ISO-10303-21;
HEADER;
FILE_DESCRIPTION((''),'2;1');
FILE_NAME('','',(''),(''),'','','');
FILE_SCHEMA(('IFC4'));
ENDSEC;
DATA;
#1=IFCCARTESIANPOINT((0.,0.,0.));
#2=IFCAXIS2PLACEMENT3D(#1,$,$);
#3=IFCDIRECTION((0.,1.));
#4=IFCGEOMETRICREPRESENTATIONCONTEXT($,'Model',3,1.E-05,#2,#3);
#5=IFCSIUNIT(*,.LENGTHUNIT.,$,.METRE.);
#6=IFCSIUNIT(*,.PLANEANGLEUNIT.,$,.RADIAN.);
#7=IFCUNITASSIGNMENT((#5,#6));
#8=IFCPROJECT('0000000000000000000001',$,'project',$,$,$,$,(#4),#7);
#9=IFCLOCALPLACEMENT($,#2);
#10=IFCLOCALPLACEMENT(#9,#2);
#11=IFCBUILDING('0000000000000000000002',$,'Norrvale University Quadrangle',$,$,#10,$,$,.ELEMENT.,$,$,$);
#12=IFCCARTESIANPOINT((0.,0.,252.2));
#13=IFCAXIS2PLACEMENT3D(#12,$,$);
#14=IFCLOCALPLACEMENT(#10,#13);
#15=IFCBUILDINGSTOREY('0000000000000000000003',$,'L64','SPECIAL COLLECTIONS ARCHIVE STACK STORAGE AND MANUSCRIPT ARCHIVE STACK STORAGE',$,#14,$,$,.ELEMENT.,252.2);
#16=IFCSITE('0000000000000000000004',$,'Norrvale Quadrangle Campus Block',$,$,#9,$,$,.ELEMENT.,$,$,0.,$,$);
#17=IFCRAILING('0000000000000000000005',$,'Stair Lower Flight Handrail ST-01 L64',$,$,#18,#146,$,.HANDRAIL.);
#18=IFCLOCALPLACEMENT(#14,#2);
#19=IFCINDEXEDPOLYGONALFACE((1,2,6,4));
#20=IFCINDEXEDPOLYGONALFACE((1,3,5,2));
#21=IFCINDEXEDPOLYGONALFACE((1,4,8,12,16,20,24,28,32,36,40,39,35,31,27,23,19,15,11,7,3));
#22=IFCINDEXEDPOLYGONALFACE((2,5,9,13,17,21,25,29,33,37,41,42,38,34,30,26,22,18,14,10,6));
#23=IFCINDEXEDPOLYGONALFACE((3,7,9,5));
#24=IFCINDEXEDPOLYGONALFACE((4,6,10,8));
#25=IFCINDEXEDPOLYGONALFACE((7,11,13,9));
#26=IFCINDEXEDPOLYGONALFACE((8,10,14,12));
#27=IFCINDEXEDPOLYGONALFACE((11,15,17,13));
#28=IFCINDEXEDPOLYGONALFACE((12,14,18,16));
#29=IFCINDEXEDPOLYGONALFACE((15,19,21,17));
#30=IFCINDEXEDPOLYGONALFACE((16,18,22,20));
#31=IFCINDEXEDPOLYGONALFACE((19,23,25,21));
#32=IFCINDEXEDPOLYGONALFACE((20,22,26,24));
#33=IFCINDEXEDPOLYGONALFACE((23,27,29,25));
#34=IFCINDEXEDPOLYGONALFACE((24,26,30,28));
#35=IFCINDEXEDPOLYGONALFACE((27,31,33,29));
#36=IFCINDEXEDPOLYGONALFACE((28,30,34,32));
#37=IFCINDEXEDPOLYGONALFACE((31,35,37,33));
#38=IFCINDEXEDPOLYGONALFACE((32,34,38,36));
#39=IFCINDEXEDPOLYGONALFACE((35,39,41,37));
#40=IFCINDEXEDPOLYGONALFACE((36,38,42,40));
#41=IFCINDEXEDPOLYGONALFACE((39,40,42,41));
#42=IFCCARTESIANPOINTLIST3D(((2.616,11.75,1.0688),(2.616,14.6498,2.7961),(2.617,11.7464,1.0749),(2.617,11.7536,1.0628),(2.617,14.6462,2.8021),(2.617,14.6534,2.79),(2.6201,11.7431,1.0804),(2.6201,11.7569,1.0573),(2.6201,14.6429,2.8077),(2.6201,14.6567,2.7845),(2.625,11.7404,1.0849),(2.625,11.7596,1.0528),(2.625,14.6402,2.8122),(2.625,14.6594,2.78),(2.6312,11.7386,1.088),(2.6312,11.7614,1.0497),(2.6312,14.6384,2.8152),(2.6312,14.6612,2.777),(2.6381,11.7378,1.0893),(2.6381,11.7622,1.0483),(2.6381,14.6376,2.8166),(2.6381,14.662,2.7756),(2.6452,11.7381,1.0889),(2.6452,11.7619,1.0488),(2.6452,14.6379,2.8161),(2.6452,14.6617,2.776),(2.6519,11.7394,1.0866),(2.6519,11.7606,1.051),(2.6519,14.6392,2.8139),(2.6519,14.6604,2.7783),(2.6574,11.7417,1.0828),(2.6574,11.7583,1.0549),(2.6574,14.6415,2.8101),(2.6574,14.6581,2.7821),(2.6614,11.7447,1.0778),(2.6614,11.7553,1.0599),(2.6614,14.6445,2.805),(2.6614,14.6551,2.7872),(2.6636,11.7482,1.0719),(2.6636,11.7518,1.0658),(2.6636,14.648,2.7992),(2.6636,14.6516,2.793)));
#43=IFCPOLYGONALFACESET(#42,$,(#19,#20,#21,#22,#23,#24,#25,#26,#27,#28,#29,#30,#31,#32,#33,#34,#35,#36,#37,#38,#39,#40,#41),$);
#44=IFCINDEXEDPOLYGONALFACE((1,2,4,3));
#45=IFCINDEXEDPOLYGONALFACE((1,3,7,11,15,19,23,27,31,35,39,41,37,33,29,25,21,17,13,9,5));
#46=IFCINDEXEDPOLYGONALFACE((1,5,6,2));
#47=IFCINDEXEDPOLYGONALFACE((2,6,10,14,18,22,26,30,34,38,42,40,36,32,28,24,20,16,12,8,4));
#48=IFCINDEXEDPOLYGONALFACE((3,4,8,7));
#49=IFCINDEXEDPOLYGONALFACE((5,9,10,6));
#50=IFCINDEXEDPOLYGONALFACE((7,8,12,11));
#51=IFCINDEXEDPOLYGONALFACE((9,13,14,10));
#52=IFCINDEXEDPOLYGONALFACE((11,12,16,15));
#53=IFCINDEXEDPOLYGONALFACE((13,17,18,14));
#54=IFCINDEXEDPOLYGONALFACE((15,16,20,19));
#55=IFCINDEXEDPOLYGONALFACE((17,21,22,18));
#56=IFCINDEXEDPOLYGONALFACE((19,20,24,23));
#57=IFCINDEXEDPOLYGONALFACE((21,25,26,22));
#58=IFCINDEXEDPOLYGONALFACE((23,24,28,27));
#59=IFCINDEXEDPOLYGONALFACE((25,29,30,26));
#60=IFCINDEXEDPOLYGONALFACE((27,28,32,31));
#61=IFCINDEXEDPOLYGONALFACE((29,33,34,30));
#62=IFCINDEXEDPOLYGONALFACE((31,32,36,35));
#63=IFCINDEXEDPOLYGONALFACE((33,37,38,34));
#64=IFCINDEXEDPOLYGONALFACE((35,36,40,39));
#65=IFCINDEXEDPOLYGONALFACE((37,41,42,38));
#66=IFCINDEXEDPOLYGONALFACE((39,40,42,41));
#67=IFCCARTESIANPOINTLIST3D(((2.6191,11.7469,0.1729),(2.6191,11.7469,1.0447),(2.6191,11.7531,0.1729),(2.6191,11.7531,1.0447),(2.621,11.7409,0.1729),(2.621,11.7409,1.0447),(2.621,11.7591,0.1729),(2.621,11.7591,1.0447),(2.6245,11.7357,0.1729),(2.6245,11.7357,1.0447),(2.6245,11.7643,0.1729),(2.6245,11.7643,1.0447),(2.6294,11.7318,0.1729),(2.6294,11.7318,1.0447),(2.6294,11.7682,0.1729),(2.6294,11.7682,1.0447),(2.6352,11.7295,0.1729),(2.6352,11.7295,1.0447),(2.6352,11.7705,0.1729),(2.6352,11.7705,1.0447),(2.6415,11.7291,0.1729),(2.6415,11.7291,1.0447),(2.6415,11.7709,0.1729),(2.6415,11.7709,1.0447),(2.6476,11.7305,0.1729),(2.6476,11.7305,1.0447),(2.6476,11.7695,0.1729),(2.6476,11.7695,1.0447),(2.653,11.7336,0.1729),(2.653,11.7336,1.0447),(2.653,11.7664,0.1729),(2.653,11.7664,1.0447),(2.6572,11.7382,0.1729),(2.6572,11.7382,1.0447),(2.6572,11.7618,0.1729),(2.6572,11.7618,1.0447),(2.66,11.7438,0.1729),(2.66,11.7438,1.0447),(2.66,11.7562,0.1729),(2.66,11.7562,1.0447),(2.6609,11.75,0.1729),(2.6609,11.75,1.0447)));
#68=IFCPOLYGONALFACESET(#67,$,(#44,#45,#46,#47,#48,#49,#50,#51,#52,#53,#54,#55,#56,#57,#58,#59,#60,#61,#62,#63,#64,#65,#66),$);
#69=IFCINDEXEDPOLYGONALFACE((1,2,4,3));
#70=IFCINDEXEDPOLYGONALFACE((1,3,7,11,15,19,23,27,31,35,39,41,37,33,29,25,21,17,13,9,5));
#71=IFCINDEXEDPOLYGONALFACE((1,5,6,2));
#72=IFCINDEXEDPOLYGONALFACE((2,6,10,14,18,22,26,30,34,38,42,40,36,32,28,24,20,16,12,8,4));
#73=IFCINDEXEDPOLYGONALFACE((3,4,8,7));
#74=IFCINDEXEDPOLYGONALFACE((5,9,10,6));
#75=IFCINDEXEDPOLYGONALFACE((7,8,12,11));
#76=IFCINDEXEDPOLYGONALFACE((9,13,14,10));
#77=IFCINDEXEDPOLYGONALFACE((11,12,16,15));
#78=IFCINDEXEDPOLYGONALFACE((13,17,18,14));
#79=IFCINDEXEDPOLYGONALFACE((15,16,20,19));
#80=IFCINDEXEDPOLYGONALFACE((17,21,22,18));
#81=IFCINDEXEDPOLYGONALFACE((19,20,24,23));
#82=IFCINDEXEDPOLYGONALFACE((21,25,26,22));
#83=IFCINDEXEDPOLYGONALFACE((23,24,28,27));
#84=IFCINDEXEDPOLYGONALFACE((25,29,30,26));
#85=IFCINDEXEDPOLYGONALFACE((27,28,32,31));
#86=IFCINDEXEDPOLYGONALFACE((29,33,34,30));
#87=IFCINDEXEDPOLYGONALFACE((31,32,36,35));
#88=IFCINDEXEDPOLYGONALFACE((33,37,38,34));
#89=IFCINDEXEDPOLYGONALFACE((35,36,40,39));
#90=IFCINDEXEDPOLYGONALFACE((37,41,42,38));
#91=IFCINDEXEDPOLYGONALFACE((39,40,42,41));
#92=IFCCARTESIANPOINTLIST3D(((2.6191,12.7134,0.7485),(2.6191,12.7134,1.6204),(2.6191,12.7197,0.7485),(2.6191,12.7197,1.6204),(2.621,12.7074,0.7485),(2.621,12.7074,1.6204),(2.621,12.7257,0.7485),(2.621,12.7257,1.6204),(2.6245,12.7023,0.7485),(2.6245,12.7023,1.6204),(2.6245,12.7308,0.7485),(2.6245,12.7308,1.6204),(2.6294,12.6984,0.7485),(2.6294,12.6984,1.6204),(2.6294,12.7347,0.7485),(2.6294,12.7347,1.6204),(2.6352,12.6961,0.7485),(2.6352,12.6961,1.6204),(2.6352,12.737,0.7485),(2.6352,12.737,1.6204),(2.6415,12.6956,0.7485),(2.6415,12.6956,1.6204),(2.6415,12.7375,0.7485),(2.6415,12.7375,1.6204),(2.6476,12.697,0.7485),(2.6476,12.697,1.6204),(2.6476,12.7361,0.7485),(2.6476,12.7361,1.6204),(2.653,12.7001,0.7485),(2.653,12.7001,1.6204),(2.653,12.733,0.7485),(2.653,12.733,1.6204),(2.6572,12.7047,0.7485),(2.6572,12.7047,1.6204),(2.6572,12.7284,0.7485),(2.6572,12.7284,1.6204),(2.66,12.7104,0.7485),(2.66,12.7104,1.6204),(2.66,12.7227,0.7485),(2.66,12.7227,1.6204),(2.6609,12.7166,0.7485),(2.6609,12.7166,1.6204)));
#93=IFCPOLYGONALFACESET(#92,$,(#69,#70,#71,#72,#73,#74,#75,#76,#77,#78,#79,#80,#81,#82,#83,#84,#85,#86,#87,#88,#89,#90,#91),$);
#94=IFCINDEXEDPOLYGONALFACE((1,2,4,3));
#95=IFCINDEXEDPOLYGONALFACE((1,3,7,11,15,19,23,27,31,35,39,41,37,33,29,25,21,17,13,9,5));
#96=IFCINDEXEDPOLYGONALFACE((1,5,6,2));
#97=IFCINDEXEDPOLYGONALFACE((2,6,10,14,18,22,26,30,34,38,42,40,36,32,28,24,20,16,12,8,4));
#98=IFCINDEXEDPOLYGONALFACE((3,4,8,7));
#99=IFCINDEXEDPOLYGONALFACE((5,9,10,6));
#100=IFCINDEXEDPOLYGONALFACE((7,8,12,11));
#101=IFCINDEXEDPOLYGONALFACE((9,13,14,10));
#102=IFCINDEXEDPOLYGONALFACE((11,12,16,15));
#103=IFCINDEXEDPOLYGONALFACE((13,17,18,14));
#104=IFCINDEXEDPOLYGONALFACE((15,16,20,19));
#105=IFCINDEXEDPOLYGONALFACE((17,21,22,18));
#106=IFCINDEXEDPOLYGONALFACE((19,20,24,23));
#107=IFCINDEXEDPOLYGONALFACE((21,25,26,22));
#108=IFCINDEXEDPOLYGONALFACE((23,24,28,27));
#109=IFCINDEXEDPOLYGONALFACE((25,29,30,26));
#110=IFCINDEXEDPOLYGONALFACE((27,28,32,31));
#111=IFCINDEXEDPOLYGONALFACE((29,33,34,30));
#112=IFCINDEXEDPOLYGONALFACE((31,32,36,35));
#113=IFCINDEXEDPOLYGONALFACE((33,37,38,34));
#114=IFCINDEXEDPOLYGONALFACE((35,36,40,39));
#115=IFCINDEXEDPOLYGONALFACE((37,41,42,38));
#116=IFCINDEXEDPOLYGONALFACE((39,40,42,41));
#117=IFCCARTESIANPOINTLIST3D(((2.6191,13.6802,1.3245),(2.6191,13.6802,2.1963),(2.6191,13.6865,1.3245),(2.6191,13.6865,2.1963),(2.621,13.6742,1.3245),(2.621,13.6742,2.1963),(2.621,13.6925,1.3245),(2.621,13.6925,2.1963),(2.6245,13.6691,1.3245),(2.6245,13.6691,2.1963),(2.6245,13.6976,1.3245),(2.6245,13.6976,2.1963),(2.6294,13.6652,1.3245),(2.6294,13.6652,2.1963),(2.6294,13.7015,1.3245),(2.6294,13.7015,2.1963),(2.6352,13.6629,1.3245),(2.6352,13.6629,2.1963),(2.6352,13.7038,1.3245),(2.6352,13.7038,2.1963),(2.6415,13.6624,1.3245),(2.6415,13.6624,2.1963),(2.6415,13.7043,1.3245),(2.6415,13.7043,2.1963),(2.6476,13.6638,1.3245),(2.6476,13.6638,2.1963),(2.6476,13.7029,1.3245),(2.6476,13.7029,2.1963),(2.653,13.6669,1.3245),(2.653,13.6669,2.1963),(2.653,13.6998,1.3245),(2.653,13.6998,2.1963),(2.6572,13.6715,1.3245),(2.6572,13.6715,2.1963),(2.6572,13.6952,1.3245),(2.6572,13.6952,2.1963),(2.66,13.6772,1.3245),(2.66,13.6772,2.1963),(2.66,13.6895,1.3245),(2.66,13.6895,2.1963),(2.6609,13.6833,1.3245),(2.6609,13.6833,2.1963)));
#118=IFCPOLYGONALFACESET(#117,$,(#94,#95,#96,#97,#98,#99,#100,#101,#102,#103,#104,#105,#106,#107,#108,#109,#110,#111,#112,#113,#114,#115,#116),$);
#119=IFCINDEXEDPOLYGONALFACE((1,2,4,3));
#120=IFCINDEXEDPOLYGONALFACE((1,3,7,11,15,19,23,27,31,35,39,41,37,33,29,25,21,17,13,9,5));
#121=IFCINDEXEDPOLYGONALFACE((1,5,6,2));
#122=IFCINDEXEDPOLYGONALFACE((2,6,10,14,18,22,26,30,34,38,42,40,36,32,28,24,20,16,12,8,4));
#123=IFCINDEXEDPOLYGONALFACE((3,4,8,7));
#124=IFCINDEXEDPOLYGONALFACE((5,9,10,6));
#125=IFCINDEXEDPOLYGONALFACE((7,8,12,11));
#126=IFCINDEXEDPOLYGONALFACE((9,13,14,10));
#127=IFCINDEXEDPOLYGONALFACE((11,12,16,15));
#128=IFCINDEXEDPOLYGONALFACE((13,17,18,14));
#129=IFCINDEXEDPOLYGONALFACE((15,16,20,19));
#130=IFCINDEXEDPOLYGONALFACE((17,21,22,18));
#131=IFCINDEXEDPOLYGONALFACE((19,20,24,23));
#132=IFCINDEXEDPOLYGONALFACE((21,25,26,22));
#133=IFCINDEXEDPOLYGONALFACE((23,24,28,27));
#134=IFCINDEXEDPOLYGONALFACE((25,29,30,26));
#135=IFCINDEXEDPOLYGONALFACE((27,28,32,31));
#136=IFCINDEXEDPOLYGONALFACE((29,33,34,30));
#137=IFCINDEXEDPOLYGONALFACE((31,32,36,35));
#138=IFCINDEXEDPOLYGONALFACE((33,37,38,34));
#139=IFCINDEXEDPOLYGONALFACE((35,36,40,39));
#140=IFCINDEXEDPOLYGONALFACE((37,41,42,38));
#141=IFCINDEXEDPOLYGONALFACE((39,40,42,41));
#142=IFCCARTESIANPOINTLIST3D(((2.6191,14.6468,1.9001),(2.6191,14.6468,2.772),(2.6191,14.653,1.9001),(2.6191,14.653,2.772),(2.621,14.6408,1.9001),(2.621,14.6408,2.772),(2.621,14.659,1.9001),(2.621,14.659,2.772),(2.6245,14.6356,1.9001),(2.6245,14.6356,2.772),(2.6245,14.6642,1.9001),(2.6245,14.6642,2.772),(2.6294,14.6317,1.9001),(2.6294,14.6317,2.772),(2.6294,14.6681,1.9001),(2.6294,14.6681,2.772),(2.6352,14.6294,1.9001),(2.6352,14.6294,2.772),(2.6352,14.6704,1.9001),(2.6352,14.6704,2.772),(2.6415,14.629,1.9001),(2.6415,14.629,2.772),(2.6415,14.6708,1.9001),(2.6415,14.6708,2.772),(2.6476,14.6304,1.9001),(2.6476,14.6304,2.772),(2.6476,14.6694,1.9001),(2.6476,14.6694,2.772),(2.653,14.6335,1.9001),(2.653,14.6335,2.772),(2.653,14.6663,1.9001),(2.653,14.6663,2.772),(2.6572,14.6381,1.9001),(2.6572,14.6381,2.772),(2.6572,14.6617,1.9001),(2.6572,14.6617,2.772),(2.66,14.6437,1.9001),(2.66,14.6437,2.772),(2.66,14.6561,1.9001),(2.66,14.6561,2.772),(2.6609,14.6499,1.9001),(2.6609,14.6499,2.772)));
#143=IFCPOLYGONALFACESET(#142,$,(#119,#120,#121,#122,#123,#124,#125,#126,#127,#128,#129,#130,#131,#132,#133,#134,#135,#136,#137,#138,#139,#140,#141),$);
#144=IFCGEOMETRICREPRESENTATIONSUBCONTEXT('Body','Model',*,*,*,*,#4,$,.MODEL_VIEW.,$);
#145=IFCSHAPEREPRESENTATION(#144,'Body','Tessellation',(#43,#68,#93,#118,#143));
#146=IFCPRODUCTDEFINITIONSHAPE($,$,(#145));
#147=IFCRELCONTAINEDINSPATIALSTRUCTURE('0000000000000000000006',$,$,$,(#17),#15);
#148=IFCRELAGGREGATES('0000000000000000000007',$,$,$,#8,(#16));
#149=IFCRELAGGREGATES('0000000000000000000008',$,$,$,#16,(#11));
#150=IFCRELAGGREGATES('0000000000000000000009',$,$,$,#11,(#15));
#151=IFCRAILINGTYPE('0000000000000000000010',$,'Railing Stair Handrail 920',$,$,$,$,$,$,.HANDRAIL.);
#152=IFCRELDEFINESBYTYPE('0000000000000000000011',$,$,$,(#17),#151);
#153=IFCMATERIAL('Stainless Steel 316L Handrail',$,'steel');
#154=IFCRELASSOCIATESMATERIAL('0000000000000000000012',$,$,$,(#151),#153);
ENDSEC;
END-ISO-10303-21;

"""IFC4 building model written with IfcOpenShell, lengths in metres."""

from ifc_helpers import new_model, si_unit, direction, frame, origin, origin_2d, place, context, subcontext, project, spatial, circle, extrude, material, type_object, element, save


model = new_model("IFC4")

# Units and contexts
model_context = context("Model", 3, precision=1e-05, world=origin(), true_north=direction((0.0, 1.0)))
body_context = subcontext(model_context, "Body", "Model", "MODEL_VIEW")
ifc_project = project(units=[si_unit("LENGTHUNIT", "METRE"), si_unit("PLANEANGLEUNIT", "RADIAN")], contexts=[model_context])

# Site, building, storey
site_placement = place(None, origin())
site = spatial("IfcSite", under=ifc_project, at=site_placement, Name="Norrvale Quadrangle Campus Block", CompositionType="ELEMENT", RefElevation=0.0)
building_placement = place(site_placement, origin())
building = spatial("IfcBuilding", under=site, at=building_placement, Name="Norrvale University Quadrangle", CompositionType="ELEMENT")
storey_placement = place(building_placement, frame((0.0, 0.0, 252.2)))
storey = spatial("IfcBuildingStorey", under=building, at=storey_placement, Name="L64", Description="SPECIAL COLLECTIONS ARCHIVE STACK STORAGE AND MANUSCRIPT ARCHIVE STACK STORAGE", CompositionType="ELEMENT", Elevation=252.2)

# Railing
ifc_material_1 = material(Name="Stainless Steel 316L Handrail", Category="steel")
railing_type_1 = type_object("IfcRailingType", Name="Railing Stair Handrail 920", PredefinedType="HANDRAIL", material=ifc_material_1)
railing_1_placement = place(storey_placement, frame((2.6399, 11.75, 0.1729)))
element("IfcRailing", 1, at=railing_1_placement, inside=storey, type_object=railing_type_1, Name="Stair Lower Flight Handrail ST-01 L64", PredefinedType="HANDRAIL", context=body_context, shape_type="SweptSolid", body=[
    extrude(circle(Radius=0.0239, at=origin_2d()), frame((0.0, 0.0, 0.896), z_axis=(0.0, 0.859141, 0.511738), x_axis=(-1.0, 0.0, 0.0)), (0.0, 0.0, 1.0), 3.3752),
    extrude(circle(Radius=0.021, at=origin_2d()), origin(), (0.0, 0.0, 1.0), 0.8718),
    extrude(circle(Radius=0.021, at=origin_2d()), frame((0.0, 0.9666, 0.5757)), (0.0, 0.0, 1.0), 0.8718),
    extrude(circle(Radius=0.021, at=origin_2d()), frame((0.0, 1.9333, 1.1516)), (0.0, 0.0, 1.0), 0.8718),
    extrude(circle(Radius=0.021, at=origin_2d()), frame((0.0, 2.8999, 1.7273)), (0.0, 0.0, 1.0), 0.8718),
])

save(model, "model.ifc")
